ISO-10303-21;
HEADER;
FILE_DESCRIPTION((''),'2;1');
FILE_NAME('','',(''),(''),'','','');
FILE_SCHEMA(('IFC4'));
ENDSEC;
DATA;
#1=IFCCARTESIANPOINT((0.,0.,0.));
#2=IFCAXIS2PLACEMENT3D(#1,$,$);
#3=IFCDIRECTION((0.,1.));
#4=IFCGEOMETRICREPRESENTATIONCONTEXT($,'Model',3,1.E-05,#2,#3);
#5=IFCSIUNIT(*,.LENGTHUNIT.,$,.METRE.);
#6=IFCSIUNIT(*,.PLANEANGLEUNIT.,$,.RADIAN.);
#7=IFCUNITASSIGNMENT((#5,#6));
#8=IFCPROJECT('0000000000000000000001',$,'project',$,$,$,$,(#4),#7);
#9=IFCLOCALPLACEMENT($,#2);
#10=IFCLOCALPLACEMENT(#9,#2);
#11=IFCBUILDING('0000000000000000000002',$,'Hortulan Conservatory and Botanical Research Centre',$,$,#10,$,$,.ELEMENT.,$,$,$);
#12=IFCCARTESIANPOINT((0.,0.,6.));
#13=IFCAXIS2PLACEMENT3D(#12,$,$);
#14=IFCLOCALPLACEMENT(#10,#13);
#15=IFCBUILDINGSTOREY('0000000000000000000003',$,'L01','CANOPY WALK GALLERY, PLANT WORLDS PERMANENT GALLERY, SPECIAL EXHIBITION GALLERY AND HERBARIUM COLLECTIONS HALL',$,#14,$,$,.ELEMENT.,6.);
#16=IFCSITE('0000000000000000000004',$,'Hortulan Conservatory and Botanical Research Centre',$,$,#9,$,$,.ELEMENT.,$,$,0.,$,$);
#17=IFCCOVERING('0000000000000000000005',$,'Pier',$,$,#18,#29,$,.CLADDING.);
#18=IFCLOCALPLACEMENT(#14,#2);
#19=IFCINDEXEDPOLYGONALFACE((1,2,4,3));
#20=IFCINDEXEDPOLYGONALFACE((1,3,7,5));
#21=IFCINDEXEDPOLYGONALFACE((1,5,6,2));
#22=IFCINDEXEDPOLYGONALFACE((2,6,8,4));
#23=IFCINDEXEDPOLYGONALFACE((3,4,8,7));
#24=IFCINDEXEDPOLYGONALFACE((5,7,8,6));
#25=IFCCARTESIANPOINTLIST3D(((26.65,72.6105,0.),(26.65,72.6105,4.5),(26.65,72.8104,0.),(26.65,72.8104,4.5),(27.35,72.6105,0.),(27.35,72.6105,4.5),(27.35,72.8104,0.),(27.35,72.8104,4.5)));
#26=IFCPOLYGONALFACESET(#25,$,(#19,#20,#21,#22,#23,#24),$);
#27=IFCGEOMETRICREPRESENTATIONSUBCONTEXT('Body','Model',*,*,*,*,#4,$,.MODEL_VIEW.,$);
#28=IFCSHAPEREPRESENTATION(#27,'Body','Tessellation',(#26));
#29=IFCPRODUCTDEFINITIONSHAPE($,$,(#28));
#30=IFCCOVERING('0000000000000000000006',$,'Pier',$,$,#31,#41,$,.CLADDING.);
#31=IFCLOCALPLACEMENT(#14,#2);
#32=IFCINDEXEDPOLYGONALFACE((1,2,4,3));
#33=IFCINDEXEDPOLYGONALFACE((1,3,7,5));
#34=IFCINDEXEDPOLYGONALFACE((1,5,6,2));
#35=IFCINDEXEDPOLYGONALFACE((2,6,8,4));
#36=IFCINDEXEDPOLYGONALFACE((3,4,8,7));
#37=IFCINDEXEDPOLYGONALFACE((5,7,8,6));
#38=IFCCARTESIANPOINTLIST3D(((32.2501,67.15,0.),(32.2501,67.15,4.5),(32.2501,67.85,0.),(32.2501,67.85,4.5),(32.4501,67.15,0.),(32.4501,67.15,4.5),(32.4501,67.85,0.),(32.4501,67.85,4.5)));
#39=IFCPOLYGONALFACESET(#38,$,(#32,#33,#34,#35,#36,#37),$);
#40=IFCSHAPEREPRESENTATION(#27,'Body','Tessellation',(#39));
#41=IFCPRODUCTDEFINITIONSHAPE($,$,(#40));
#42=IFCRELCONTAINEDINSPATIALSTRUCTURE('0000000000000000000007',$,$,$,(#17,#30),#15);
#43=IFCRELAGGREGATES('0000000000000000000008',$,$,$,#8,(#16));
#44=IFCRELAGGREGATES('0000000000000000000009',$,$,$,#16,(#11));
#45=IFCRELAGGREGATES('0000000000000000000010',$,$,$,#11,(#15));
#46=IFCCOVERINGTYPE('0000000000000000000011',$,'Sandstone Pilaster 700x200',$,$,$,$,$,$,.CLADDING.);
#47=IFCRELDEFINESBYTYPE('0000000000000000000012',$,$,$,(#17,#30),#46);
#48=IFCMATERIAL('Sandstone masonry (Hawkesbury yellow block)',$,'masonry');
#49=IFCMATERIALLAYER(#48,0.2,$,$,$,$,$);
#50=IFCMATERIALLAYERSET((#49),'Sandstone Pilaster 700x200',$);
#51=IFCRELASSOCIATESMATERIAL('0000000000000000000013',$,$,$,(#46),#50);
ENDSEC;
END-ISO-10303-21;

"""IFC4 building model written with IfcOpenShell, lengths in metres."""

from ifc_helpers import new_model, si_unit, direction, frame, origin, origin_2d, place, context, subcontext, project, spatial, rectangle, extrude, material, layer, layer_set, type_object, element, save


model = new_model("IFC4")

# Units and contexts
model_context = context("Model", 3, precision=1e-05, world=origin(), true_north=direction((0.0, 1.0)))
body_context = subcontext(model_context, "Body", "Model", "MODEL_VIEW")
ifc_project = project(units=[si_unit("LENGTHUNIT", "METRE"), si_unit("PLANEANGLEUNIT", "RADIAN")], contexts=[model_context])

# Site, building, storey
site_placement = place(None, origin())
site = spatial("IfcSite", under=ifc_project, at=site_placement, Name="Hortulan Conservatory and Botanical Research Centre", CompositionType="ELEMENT", RefElevation=0.0)
building_placement = place(site_placement, origin())
building = spatial("IfcBuilding", under=site, at=building_placement, Name="Hortulan Conservatory and Botanical Research Centre", CompositionType="ELEMENT")
storey_placement = place(building_placement, frame((0.0, 0.0, 6.0)))
storey = spatial("IfcBuildingStorey", under=building, at=storey_placement, Name="L01", Description="CANOPY WALK GALLERY, PLANT WORLDS PERMANENT GALLERY, SPECIAL EXHIBITION GALLERY AND HERBARIUM COLLECTIONS HALL", CompositionType="ELEMENT", Elevation=6.0)

# Shared definitions
ifc_material_1 = material(Name="Sandstone masonry (Hawkesbury yellow block)", Category="masonry")

# Coverings
ifc_layer_1 = layer(ifc_material_1, 0.2)
ifc_layer_set_1 = layer_set([ifc_layer_1], Name="Sandstone Pilaster 700x200")
covering_type = type_object("IfcCoveringType", Name="Sandstone Pilaster 700x200", PredefinedType="CLADDING", material=ifc_layer_set_1)
for number, where, z_axis, x_axis, name in (
    (1, (27.0, 72.7104, 0.0), (0.0, 0.0, 1.0), (1.0, 0.0, 0.0), "Pier"),
    (2, (32.3501, 67.5, 0.0), (0.0, 0.0, 1.0), (0.0, -1.0, 0.0), "Pier"),
):
    element("IfcCovering", number, at=place(storey_placement, frame(where, z_axis=z_axis, x_axis=x_axis)), inside=storey, type_object=covering_type, Name=name, PredefinedType="CLADDING", context=body_context, shape_type="SweptSolid", body=[
        extrude(rectangle(XDim=0.7, YDim=0.2, at=origin_2d()), origin(), (0.0, 0.0, 1.0), 4.5),
    ])

save(model, "model.ifc")
